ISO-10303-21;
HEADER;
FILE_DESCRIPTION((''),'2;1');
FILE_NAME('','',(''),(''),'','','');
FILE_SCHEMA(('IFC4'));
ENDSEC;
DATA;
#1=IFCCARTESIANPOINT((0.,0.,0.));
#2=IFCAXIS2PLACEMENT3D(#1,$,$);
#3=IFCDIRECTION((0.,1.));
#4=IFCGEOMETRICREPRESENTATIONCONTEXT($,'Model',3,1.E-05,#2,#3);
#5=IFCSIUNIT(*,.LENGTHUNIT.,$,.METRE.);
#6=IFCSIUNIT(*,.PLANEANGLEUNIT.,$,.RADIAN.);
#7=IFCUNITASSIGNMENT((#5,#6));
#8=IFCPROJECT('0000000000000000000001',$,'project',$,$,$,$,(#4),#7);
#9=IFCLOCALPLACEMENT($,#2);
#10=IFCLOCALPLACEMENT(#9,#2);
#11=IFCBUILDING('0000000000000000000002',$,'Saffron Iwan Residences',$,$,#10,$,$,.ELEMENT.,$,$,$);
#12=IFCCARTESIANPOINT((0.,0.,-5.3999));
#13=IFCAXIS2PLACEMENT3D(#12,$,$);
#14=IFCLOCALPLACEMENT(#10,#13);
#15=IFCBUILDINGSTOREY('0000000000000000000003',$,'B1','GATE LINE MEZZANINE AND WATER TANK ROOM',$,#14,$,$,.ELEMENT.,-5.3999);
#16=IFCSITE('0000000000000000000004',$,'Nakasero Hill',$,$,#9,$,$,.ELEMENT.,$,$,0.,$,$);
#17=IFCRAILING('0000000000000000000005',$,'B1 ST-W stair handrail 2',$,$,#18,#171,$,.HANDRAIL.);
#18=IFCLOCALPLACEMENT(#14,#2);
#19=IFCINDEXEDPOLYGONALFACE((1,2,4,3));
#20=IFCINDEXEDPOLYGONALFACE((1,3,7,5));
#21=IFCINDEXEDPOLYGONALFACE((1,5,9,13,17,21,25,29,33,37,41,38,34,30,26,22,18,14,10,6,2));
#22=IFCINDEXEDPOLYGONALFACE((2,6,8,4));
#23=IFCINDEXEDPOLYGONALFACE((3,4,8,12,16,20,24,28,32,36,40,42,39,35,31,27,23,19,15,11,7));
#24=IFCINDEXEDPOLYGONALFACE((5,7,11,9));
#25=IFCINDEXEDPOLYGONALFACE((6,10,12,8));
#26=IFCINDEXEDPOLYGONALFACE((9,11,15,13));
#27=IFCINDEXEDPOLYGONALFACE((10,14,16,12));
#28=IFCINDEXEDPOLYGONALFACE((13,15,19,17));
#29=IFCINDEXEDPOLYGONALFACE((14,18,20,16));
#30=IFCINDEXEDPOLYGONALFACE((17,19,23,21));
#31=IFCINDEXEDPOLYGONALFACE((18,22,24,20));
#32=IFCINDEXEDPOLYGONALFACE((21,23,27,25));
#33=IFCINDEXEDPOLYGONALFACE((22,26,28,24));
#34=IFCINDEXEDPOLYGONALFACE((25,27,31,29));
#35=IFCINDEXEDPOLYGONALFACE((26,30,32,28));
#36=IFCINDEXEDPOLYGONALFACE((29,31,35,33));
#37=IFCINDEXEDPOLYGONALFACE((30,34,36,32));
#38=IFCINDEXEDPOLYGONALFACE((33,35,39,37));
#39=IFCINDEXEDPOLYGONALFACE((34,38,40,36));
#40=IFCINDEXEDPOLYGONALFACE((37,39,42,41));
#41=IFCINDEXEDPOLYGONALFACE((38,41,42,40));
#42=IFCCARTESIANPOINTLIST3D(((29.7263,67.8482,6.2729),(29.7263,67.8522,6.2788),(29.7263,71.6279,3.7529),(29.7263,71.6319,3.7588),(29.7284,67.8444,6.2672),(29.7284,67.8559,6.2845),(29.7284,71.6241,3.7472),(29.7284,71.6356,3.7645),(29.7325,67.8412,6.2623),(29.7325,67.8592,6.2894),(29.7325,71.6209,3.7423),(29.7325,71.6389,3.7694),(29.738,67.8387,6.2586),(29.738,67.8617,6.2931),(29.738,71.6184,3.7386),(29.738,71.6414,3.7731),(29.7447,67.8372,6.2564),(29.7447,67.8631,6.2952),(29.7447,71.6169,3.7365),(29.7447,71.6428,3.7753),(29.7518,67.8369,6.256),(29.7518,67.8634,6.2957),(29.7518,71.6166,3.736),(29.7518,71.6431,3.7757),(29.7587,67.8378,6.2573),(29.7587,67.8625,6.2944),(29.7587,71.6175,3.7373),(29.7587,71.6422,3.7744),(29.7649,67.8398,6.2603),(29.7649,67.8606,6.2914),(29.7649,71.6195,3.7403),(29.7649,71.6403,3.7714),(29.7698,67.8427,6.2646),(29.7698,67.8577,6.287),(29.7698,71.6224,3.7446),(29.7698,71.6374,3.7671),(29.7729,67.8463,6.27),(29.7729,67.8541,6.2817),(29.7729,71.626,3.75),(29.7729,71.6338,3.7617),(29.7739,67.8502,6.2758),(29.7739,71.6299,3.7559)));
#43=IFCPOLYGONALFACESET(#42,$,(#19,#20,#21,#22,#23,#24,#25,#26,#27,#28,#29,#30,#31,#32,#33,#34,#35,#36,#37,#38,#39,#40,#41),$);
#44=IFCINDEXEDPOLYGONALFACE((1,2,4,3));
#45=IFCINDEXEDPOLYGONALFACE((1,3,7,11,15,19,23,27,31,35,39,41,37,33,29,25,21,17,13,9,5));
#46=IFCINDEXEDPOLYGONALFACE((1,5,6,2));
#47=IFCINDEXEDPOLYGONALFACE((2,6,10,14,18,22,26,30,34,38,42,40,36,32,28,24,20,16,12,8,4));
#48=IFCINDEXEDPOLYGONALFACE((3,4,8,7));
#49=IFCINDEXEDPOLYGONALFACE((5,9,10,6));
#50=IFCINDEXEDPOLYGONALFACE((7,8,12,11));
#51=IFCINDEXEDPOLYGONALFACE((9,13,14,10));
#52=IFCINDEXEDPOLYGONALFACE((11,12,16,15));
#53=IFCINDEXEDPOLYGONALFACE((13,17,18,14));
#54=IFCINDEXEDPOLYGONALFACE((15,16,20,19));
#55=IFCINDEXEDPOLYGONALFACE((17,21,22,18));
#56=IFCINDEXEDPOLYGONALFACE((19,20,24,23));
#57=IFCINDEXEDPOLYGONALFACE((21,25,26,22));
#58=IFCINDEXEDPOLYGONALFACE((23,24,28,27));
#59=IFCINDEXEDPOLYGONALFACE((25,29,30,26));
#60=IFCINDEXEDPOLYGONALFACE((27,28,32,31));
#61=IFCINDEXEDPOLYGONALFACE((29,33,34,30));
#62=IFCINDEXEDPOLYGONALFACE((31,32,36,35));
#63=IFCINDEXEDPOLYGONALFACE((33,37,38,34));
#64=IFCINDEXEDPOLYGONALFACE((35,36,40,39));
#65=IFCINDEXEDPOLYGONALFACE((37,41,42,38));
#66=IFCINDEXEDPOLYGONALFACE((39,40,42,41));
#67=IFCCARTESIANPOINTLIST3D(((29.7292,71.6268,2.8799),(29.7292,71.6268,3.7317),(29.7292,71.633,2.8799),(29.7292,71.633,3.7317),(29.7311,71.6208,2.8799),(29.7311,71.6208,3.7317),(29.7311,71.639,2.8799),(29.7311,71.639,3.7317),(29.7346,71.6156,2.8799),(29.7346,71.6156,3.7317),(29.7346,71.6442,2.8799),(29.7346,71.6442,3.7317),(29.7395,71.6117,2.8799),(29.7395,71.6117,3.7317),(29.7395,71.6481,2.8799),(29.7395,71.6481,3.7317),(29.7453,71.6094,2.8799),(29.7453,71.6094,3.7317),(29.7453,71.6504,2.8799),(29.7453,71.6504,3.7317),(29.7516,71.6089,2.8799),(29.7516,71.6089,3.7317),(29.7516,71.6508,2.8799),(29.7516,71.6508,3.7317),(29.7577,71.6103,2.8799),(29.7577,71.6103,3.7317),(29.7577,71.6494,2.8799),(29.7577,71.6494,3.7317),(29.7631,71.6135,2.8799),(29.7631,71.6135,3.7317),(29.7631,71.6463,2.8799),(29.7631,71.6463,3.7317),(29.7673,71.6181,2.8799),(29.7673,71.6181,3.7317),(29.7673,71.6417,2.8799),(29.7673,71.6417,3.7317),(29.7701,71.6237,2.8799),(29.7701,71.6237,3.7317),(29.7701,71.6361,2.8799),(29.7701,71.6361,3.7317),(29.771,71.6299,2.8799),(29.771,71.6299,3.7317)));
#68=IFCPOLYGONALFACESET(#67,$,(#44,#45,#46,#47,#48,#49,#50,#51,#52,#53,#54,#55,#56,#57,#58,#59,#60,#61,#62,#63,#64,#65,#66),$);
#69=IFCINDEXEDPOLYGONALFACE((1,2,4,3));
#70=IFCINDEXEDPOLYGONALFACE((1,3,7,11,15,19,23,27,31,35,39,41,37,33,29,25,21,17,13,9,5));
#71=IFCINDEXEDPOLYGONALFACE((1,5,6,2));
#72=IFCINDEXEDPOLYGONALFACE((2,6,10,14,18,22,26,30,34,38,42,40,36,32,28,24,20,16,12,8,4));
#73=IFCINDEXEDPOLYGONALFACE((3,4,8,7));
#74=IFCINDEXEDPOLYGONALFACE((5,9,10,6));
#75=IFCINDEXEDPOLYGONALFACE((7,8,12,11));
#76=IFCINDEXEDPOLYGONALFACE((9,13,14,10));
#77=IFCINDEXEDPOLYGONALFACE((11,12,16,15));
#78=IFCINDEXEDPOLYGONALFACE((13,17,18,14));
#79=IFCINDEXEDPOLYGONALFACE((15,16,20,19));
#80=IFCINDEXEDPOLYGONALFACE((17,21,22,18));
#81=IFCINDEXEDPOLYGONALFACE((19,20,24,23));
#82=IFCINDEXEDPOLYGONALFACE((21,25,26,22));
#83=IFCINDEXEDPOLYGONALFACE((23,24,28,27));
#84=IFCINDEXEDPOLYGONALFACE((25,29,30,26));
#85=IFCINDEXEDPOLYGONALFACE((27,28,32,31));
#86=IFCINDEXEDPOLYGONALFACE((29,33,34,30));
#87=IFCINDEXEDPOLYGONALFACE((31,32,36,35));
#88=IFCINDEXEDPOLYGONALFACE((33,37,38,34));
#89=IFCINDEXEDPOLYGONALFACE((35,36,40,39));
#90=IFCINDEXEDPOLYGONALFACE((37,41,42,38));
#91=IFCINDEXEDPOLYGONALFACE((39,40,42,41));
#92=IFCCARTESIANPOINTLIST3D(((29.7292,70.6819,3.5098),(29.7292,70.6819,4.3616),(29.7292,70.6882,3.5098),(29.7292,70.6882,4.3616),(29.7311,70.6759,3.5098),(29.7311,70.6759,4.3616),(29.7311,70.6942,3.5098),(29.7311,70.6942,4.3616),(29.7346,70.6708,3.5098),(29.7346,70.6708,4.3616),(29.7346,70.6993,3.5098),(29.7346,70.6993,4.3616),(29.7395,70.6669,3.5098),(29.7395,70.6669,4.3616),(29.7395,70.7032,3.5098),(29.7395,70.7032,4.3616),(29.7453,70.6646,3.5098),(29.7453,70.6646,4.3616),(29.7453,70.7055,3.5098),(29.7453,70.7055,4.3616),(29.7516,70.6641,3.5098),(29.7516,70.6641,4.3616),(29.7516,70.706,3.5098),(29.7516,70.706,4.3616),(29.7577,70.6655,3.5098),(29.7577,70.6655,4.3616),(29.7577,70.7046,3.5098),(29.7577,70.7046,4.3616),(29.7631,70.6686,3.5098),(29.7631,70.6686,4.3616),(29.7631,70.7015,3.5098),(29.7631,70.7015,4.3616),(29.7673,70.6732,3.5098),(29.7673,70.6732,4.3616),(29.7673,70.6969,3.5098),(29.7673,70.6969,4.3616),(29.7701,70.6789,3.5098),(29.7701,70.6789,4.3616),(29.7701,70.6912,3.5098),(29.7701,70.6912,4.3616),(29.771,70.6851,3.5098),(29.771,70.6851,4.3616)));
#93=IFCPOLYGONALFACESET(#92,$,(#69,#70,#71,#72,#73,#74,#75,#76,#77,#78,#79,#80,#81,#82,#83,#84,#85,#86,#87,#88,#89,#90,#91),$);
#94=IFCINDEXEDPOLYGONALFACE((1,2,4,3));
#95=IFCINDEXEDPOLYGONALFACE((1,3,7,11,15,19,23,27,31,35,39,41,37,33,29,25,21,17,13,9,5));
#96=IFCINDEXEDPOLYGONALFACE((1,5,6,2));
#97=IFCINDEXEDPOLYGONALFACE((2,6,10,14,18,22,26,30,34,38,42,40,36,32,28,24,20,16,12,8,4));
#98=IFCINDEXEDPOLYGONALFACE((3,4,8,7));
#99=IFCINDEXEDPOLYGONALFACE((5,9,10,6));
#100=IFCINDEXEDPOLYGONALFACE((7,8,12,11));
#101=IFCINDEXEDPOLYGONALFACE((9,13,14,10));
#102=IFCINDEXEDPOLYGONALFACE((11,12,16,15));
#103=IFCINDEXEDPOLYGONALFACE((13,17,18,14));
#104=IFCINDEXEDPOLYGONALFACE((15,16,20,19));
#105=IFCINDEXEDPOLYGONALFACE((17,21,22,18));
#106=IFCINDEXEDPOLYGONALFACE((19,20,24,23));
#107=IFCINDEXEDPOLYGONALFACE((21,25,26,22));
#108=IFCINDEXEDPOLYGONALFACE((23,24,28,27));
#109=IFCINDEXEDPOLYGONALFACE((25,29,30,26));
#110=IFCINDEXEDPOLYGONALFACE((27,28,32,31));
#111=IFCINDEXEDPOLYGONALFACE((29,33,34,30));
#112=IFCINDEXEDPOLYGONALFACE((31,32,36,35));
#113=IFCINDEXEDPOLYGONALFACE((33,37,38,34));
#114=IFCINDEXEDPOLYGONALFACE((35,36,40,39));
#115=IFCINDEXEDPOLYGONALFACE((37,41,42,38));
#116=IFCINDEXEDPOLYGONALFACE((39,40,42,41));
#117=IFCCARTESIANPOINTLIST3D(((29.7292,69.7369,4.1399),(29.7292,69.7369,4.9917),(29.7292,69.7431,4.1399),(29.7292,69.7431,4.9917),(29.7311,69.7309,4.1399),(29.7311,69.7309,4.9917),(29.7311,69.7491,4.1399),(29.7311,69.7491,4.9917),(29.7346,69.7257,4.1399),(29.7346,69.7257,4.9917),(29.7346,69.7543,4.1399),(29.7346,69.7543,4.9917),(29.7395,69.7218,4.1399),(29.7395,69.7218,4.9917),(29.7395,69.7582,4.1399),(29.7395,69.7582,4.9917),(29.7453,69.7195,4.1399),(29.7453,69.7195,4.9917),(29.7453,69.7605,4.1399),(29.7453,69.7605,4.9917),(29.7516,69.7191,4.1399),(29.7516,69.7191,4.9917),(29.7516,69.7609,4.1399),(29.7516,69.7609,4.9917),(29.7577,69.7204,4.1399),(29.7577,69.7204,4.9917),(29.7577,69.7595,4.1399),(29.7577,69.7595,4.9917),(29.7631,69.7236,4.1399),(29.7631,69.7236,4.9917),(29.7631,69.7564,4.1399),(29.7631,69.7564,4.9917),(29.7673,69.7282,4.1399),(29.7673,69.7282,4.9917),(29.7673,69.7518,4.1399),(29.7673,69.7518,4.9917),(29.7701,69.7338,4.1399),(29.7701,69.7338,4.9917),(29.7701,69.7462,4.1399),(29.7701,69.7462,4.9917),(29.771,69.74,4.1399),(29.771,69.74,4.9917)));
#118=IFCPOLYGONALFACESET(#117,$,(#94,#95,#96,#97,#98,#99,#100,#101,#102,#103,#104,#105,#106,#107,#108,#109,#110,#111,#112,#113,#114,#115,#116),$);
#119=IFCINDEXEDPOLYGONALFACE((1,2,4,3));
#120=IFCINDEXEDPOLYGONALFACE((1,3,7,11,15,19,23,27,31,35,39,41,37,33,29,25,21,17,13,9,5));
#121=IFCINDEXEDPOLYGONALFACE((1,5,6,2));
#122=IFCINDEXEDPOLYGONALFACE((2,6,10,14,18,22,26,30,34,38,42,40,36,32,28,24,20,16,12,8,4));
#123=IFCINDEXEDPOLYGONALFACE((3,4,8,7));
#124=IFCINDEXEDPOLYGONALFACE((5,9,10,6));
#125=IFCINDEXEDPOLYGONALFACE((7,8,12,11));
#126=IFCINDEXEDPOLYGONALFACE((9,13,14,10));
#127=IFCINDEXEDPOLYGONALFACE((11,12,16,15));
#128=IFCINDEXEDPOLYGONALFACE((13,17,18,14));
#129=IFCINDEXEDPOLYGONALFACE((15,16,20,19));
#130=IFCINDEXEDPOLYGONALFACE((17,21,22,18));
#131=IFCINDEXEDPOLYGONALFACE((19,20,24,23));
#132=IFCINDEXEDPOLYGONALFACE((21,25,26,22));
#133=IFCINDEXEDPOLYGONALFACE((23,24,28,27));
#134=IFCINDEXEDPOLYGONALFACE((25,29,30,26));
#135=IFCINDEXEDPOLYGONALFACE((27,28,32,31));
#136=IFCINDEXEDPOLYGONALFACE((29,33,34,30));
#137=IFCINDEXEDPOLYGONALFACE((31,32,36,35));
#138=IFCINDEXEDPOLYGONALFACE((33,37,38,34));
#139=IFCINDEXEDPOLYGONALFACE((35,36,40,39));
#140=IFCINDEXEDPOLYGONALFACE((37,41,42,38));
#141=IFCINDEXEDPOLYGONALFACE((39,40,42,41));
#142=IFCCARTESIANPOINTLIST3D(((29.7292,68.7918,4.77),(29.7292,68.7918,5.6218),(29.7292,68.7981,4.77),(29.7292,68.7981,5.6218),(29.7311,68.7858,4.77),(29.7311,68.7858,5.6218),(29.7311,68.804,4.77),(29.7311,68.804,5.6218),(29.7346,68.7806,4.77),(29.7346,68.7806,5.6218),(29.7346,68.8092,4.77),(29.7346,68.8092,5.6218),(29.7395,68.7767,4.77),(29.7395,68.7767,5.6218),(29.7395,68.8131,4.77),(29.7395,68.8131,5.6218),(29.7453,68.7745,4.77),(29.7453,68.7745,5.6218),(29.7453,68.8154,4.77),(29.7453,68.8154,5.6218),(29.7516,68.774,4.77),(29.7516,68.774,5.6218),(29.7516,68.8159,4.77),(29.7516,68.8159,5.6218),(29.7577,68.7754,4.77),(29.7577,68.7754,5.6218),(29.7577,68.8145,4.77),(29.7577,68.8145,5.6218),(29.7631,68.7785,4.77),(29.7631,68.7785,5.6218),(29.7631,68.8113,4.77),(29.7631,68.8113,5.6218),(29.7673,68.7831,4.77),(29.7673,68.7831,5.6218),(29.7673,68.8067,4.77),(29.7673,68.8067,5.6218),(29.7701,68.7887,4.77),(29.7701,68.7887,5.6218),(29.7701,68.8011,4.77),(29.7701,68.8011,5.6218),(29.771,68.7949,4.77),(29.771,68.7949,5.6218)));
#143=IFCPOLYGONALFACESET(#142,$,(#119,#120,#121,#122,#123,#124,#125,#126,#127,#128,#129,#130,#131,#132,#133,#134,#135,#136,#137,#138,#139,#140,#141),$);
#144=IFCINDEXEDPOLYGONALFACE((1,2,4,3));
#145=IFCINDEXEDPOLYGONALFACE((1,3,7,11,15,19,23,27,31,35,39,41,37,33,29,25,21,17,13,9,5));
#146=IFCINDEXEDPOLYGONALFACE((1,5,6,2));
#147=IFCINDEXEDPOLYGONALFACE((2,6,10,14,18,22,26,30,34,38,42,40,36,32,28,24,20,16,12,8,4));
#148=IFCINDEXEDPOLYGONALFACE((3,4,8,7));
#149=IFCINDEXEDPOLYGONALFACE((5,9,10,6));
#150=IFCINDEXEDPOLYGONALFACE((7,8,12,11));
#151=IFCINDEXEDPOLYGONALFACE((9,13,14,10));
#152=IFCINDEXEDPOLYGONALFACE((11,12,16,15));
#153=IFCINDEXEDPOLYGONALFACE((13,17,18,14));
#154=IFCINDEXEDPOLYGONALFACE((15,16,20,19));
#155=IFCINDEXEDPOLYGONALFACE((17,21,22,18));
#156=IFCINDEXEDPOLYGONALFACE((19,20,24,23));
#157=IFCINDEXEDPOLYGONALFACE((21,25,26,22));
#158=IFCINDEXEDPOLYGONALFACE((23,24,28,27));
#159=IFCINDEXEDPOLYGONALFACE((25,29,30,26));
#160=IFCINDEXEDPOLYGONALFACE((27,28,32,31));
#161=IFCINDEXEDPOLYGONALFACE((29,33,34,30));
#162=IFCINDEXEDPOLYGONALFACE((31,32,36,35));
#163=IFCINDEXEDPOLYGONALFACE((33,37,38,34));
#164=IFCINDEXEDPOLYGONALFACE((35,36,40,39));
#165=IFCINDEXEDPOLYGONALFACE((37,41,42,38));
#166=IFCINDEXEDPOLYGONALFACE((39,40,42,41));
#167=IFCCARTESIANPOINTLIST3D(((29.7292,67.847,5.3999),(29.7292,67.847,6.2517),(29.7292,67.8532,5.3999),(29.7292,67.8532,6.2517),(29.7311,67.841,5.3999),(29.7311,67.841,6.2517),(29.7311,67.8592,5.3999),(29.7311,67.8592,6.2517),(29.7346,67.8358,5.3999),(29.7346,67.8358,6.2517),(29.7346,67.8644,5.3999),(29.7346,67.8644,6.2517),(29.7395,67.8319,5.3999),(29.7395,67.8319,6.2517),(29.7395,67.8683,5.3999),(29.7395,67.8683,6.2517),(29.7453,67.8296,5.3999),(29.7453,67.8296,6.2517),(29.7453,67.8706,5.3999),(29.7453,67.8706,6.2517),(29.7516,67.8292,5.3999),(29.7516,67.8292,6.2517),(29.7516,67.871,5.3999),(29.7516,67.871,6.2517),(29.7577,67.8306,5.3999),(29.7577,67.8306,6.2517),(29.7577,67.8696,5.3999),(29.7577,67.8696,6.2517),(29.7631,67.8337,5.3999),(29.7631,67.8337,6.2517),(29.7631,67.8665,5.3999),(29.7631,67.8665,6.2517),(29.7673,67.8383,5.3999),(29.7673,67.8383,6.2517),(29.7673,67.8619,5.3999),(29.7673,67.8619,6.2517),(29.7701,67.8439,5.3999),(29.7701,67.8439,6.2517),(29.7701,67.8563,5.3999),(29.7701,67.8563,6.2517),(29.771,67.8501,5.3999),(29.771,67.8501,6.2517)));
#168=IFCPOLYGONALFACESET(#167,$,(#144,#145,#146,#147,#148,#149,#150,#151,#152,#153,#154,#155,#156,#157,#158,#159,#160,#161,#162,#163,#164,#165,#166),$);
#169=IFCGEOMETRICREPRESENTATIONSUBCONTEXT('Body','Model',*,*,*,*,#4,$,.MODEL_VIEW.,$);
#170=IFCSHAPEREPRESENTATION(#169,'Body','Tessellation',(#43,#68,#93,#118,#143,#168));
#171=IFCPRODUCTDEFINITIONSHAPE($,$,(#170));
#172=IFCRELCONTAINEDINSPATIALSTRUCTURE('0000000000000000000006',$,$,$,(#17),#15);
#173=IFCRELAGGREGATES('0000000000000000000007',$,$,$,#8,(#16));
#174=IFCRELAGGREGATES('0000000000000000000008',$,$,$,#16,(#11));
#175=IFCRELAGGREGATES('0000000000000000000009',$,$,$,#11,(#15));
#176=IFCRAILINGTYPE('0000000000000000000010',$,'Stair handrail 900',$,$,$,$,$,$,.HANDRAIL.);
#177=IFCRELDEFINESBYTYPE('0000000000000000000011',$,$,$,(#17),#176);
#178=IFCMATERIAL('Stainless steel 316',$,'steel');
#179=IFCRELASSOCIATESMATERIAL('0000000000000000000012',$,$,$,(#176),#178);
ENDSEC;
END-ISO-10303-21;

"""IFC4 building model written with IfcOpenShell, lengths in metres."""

from ifc_helpers import new_model, si_unit, direction, frame, origin, origin_2d, place, context, subcontext, project, spatial, circle, extrude, material, type_object, element, save


model = new_model("IFC4")

# Units and contexts
model_context = context("Model", 3, precision=1e-05, world=origin(), true_north=direction((0.0, 1.0)))
body_context = subcontext(model_context, "Body", "Model", "MODEL_VIEW")
ifc_project = project(units=[si_unit("LENGTHUNIT", "METRE"), si_unit("PLANEANGLEUNIT", "RADIAN")], contexts=[model_context])

# Site, building, storey
site_placement = place(None, origin())
site = spatial("IfcSite", under=ifc_project, at=site_placement, Name="Nakasero Hill", CompositionType="ELEMENT", RefElevation=0.0)
building_placement = place(site_placement, origin())
building = spatial("IfcBuilding", under=site, at=building_placement, Name="Saffron Iwan Residences", CompositionType="ELEMENT")
storey_placement = place(building_placement, frame((0.0, 0.0, -5.3999)))
storey = spatial("IfcBuildingStorey", under=building, at=storey_placement, Name="B1", Description="GATE LINE MEZZANINE AND WATER TANK ROOM", CompositionType="ELEMENT", Elevation=-5.3999)

# Railing
ifc_material_1 = material(Name="Stainless steel 316", Category="steel")
railing_type = type_object("IfcRailingType", Name="Stair handrail 900", PredefinedType="HANDRAIL", material=ifc_material_1)
railing_placement = place(storey_placement, frame((29.75, 71.6299, 2.8799)))
element("IfcRailing", 1, at=railing_placement, inside=storey, type_object=railing_type, Name="B1 ST-W stair handrail 2", PredefinedType="HANDRAIL", context=body_context, shape_type="SweptSolid", body=[
    extrude(circle(Radius=0.0239, at=origin_2d()), frame((0.0, 0.0, 0.876), z_axis=(0.0, -0.832034, 0.554725), x_axis=(1.0, 0.0, 0.0)), (0.0, 0.0, 1.0), 4.5427),
    extrude(circle(Radius=0.021, at=origin_2d()), origin(), (0.0, 0.0, 1.0), 0.8518),
    extrude(circle(Radius=0.021, at=origin_2d()), frame((0.0, -0.9448, 0.6299)), (0.0, 0.0, 1.0), 0.8518),
    extrude(circle(Radius=0.021, at=origin_2d()), frame((0.0, -1.8899, 1.26)), (0.0, 0.0, 1.0), 0.8518),
    extrude(circle(Radius=0.021, at=origin_2d()), frame((0.0, -2.835, 1.8901)), (0.0, 0.0, 1.0), 0.8518),
    extrude(circle(Radius=0.021, at=origin_2d()), frame((0.0, -3.7798, 2.52)), (0.0, 0.0, 1.0), 0.8518),
])

save(model, "model.ifc")
